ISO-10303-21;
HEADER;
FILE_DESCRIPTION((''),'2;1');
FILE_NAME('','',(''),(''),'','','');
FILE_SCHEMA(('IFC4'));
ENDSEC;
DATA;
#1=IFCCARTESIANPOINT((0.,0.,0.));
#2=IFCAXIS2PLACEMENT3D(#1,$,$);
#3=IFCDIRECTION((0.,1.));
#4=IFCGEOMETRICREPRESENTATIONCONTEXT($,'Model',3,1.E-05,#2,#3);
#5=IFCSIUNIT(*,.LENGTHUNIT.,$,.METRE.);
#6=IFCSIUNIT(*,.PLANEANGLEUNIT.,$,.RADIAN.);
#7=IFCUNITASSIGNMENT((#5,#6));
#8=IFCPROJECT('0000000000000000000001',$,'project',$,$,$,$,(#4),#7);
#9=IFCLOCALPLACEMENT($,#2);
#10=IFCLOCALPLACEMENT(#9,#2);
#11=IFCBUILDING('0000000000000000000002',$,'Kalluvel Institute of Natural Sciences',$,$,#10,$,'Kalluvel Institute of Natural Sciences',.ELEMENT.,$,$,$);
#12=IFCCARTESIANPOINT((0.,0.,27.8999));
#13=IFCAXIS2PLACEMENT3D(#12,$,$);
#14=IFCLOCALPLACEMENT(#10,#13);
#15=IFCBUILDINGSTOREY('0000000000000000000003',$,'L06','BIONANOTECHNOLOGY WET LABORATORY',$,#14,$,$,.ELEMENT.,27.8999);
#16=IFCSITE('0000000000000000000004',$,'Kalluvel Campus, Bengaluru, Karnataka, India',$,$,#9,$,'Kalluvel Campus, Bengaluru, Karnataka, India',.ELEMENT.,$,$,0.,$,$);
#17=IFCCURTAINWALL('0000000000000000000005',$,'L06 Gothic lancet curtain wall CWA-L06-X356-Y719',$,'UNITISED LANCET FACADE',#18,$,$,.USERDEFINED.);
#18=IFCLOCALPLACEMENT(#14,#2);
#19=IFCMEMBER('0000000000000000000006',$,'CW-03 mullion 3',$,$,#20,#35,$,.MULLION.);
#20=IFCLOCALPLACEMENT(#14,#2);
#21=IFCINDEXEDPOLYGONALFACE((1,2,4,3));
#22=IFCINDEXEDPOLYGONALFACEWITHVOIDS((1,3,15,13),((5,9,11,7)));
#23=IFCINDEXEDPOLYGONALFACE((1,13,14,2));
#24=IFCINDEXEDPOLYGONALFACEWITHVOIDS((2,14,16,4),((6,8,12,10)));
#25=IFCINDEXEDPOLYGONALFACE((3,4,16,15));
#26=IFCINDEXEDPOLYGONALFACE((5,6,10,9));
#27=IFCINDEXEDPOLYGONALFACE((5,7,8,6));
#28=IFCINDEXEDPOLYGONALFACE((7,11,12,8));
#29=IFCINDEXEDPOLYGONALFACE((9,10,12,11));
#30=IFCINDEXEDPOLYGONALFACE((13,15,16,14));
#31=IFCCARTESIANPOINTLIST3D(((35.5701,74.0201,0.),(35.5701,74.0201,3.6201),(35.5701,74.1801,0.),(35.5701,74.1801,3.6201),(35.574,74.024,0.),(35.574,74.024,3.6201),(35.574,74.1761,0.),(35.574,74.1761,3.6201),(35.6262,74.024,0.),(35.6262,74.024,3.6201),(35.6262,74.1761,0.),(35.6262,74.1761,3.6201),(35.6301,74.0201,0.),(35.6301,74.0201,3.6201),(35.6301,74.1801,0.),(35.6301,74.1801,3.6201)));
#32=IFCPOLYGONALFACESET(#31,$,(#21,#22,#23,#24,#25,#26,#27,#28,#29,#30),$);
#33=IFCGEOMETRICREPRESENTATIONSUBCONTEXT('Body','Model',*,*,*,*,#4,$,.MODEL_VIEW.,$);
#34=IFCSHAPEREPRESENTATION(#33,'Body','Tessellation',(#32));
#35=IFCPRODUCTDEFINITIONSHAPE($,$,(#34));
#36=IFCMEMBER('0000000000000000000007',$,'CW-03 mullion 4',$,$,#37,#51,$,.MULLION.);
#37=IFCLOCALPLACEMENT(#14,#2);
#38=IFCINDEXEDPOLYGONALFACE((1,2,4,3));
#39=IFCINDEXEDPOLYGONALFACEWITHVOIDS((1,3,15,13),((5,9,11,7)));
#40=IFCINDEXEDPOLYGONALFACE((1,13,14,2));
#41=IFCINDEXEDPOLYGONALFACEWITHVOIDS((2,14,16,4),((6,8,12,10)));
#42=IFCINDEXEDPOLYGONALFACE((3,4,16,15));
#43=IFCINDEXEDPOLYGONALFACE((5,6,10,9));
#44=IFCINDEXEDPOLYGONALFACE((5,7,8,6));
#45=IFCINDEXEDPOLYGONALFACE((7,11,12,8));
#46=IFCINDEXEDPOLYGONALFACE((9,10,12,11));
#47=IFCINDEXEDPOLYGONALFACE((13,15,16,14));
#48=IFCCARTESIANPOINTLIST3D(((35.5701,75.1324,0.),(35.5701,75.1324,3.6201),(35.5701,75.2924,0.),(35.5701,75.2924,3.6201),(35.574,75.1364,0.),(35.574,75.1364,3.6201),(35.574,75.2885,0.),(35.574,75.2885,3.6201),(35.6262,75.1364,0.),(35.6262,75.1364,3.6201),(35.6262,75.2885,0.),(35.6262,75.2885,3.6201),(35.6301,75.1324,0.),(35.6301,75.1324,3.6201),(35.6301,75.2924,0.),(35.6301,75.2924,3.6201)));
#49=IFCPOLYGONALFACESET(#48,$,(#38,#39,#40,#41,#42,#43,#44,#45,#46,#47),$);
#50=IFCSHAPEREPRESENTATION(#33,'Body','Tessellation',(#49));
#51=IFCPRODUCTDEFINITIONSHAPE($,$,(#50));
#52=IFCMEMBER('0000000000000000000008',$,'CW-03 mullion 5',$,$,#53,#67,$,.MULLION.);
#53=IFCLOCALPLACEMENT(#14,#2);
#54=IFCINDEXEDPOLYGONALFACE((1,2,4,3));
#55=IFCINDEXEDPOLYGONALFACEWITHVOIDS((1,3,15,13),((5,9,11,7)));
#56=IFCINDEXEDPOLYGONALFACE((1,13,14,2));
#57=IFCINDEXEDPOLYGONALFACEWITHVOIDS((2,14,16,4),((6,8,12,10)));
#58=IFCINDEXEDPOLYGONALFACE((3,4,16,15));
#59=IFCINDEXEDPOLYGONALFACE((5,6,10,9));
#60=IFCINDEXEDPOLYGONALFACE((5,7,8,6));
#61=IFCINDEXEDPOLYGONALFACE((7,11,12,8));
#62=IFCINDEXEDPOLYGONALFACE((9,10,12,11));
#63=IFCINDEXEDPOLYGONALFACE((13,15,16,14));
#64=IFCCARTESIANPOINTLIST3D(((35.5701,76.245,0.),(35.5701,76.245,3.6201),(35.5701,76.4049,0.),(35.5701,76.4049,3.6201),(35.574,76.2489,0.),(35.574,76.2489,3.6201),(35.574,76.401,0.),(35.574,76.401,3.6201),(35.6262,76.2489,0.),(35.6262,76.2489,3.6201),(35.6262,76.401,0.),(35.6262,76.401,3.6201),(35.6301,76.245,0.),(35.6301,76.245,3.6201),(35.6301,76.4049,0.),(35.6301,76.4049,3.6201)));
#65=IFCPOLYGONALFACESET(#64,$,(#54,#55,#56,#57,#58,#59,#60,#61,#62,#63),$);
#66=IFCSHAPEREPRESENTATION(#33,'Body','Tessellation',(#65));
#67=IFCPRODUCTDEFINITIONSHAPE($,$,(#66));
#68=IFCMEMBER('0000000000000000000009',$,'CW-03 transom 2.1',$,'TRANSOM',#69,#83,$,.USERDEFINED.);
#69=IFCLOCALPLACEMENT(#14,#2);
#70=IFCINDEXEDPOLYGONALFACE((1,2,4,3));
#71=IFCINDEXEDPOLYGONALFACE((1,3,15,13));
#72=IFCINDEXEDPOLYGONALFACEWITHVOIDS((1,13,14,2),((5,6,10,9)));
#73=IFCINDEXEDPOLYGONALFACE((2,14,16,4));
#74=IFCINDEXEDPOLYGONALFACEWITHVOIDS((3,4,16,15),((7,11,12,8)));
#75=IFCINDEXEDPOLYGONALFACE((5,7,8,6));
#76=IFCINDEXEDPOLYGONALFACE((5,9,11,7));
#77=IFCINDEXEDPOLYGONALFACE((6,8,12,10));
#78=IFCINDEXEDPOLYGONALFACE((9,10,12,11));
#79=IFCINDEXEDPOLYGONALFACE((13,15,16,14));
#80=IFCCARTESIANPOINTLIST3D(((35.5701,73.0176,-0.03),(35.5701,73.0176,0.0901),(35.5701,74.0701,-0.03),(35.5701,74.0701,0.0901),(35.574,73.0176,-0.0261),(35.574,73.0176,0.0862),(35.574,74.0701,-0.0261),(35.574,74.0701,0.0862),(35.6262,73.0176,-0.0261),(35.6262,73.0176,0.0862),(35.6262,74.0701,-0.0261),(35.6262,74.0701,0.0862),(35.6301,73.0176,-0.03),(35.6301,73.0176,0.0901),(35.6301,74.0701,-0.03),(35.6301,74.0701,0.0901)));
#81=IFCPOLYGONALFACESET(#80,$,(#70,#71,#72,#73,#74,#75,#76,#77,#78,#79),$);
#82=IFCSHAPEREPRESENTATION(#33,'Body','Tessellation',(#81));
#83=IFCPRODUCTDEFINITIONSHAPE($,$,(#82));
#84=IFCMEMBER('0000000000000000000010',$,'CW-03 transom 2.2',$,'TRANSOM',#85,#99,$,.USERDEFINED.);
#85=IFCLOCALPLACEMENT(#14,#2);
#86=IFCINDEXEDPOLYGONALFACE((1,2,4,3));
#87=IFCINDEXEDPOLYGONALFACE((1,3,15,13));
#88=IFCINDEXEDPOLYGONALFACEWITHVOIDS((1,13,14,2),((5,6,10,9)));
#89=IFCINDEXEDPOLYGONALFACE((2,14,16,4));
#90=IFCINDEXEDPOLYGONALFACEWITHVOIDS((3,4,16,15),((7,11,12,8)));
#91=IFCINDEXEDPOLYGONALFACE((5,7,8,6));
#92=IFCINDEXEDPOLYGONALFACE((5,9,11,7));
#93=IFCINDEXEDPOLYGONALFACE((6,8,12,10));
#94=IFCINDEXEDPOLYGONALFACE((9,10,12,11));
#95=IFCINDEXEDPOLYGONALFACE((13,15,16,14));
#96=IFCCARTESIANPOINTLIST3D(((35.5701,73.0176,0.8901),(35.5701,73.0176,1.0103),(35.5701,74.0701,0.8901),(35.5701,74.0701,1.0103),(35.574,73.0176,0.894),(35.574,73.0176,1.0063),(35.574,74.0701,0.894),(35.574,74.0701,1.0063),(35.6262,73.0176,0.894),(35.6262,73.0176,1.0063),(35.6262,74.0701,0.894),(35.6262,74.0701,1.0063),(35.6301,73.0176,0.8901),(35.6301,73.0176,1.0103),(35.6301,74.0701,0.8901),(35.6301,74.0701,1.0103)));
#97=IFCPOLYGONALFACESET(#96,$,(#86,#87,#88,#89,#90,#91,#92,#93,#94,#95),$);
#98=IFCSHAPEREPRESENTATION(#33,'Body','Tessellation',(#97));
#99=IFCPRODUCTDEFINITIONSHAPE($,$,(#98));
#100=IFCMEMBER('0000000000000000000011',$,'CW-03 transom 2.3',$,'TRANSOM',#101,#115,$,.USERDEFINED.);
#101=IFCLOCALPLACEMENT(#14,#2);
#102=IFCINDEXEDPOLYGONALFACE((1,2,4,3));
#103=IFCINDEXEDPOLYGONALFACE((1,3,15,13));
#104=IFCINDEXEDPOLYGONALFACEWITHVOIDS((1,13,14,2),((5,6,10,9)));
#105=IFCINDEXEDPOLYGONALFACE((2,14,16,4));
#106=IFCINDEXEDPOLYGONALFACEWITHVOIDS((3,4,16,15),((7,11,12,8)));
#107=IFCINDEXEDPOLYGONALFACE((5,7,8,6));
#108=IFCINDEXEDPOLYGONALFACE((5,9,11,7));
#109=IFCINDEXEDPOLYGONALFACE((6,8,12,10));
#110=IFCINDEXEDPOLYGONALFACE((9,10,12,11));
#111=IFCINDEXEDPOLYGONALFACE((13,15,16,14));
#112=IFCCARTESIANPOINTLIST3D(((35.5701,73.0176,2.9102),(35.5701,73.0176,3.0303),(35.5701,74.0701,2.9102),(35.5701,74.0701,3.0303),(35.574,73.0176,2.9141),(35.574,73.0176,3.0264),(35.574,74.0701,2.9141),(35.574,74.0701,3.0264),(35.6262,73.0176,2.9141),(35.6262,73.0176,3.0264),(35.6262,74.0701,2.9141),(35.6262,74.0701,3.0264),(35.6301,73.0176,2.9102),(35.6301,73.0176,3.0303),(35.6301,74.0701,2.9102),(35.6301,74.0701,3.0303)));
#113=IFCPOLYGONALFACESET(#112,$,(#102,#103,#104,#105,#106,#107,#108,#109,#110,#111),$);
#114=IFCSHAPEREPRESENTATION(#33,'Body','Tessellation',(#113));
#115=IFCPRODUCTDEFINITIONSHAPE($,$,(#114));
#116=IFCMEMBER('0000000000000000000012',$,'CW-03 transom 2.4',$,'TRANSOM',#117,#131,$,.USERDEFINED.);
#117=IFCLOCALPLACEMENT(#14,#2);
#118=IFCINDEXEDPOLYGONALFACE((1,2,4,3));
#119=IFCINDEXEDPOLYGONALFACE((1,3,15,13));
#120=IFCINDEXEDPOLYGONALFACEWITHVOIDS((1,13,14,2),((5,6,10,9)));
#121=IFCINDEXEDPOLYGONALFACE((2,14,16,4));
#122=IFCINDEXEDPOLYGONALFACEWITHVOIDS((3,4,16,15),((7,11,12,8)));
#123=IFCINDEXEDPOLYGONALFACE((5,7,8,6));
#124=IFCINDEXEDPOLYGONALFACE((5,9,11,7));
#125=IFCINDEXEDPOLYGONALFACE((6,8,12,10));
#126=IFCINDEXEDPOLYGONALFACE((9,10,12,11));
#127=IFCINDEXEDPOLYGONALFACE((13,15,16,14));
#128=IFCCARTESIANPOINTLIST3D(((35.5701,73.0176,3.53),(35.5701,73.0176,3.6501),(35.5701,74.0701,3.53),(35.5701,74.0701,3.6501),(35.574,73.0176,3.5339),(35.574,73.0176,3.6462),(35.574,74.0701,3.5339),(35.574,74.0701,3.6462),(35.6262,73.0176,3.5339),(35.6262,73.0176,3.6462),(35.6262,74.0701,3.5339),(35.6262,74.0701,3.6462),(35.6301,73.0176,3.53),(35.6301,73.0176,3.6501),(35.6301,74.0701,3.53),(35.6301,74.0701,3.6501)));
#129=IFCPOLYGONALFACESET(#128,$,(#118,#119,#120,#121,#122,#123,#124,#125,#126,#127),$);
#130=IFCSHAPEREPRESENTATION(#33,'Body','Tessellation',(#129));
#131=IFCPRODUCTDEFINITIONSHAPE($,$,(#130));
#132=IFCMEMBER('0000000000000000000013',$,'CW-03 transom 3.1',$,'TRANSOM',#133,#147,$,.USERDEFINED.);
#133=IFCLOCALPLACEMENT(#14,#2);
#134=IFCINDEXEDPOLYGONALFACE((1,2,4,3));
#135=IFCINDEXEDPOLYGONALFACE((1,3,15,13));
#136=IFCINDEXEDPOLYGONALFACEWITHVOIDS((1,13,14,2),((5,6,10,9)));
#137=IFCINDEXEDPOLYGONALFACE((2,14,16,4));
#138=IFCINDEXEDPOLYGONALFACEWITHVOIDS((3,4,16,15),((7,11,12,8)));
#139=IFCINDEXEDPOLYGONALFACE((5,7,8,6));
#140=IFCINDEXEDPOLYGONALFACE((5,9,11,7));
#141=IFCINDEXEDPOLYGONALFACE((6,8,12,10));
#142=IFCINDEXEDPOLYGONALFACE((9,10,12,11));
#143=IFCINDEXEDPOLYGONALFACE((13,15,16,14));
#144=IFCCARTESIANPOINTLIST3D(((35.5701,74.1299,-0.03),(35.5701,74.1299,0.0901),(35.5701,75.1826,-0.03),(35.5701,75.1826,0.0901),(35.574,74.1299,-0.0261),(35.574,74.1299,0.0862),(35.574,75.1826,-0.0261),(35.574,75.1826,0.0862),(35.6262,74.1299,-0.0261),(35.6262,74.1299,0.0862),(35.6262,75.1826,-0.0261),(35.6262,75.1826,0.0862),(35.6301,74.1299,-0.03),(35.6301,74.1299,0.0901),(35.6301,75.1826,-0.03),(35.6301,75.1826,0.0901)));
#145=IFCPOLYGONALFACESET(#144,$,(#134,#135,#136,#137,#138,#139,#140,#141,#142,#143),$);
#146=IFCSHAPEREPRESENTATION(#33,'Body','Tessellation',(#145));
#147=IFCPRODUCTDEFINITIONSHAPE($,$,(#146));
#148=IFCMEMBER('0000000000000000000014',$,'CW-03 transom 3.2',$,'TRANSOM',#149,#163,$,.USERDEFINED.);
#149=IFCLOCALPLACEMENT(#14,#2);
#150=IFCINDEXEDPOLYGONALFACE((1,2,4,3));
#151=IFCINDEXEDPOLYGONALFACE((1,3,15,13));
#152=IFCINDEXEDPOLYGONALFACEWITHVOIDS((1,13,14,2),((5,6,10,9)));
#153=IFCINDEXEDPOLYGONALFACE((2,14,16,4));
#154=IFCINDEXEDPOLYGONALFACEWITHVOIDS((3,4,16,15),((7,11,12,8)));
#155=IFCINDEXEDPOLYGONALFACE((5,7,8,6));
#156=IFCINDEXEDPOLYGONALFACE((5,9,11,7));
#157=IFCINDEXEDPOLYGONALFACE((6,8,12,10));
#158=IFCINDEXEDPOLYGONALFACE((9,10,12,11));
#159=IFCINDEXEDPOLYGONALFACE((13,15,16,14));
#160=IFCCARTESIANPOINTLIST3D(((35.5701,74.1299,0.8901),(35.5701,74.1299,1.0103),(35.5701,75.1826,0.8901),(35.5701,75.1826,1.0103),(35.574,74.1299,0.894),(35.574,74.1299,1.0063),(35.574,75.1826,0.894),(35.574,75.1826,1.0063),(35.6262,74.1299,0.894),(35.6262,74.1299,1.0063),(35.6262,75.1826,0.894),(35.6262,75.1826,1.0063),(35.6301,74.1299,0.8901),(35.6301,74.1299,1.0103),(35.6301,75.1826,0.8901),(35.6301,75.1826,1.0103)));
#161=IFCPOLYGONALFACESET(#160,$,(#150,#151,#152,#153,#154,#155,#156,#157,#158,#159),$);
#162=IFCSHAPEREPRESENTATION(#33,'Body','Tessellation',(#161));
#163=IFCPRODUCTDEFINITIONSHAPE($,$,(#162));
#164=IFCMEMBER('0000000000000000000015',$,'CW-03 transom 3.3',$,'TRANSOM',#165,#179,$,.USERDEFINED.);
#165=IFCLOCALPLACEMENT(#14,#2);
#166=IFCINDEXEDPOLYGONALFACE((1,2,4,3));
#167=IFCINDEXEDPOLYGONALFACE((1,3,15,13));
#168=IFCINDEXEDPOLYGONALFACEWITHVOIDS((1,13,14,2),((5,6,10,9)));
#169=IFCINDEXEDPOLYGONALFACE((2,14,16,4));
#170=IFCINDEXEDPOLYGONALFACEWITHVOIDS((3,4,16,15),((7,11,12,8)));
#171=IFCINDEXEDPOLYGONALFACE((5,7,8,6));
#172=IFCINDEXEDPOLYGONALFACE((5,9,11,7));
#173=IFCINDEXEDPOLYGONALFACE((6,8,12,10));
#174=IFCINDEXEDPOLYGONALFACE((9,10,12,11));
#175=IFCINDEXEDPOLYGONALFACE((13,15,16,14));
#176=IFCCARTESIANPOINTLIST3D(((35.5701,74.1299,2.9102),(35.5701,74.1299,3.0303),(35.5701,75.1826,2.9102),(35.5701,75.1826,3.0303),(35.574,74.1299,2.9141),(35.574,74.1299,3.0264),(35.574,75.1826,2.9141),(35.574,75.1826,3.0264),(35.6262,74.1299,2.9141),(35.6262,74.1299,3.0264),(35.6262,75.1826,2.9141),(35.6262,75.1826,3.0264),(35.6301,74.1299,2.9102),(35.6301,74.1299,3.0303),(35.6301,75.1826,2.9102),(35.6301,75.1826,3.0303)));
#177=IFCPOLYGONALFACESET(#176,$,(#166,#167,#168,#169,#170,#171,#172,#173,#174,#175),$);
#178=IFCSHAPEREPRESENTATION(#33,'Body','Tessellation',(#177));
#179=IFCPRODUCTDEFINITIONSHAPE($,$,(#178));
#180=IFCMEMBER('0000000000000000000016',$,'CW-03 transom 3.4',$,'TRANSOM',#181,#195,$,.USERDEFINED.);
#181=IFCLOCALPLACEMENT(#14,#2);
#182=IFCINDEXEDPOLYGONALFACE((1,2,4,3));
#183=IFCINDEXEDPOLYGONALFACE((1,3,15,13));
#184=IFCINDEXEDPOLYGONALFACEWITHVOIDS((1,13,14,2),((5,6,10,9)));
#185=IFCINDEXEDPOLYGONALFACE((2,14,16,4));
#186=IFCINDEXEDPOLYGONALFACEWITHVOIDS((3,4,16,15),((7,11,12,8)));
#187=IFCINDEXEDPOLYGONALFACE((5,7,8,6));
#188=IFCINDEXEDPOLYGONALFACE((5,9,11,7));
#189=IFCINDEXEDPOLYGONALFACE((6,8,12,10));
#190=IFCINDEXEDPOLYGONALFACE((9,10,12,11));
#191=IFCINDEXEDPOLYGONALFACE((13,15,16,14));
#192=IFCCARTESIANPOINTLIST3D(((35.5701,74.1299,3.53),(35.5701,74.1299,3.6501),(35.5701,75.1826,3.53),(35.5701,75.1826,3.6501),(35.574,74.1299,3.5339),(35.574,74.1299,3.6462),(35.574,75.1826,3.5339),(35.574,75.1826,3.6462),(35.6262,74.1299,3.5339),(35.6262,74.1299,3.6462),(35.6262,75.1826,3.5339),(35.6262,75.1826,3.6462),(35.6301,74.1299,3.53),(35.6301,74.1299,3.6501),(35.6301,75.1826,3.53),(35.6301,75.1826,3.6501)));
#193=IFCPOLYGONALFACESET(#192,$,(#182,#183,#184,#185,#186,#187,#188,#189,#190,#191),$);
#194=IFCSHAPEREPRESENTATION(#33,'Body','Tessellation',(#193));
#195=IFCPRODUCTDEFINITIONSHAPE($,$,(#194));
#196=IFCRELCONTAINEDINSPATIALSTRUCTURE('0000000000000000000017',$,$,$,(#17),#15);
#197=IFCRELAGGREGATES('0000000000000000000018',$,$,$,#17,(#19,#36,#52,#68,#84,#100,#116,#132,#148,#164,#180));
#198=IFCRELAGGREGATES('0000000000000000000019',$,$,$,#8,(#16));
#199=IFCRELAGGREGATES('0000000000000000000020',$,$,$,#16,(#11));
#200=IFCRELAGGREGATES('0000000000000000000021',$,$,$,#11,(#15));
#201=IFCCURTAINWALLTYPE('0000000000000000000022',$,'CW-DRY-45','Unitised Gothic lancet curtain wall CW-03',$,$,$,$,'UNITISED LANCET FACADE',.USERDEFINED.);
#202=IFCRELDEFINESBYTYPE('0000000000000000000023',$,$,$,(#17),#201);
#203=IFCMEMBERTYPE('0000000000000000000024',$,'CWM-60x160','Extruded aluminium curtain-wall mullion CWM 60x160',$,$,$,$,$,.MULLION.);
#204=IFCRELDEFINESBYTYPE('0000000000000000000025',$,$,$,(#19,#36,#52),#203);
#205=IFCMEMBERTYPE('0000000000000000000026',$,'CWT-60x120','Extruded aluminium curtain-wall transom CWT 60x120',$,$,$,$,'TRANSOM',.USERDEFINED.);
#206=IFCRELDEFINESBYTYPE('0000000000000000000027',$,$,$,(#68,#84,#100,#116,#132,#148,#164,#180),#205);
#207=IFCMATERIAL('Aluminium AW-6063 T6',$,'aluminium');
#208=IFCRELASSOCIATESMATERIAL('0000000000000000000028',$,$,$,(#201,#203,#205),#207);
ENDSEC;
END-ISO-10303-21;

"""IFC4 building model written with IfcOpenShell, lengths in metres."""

from ifc_helpers import new_model, si_unit, direction, frame, origin, origin_2d, place, context, subcontext, project, spatial, hollow_rectangle, extrude, material, material_profile, profile_set, type_object, element, aggregate, save


model = new_model("IFC4")

# Units and contexts
model_context = context("Model", 3, precision=1e-05, world=origin(), true_north=direction((0.0, 1.0)))
body_context = subcontext(model_context, "Body", "Model", "MODEL_VIEW")
ifc_project = project(units=[si_unit("LENGTHUNIT", "METRE"), si_unit("PLANEANGLEUNIT", "RADIAN")], contexts=[model_context])

# Site, building, storey
site_placement = place(None, origin())
site = spatial("IfcSite", under=ifc_project, at=site_placement, Name="Kalluvel Campus, Bengaluru, Karnataka, India", LongName="Kalluvel Campus, Bengaluru, Karnataka, India", CompositionType="ELEMENT", RefElevation=0.0)
building_placement = place(site_placement, origin())
building = spatial("IfcBuilding", under=site, at=building_placement, Name="Kalluvel Institute of Natural Sciences", LongName="Kalluvel Institute of Natural Sciences", CompositionType="ELEMENT")
storey_placement = place(building_placement, frame((0.0, 0.0, 27.8999)))
storey = spatial("IfcBuildingStorey", under=building, at=storey_placement, Name="L06", Description="BIONANOTECHNOLOGY WET LABORATORY", CompositionType="ELEMENT", Elevation=27.8999)

# Curtain wall, members
ifc_material_1 = material(Name="Aluminium AW-6063 T6", Category="aluminium")
curtain_wall_type = type_object("IfcCurtainWallType", Name="CW-DRY-45", Description="Unitised Gothic lancet curtain wall CW-03", ElementType="UNITISED LANCET FACADE", PredefinedType="USERDEFINED", material=ifc_material_1)
curtain_wall_placement = place(storey_placement, origin())
curtain_wall = element("IfcCurtainWall", 1, at=curtain_wall_placement, inside=storey, type_object=curtain_wall_type, Name="L06 Gothic lancet curtain wall CWA-L06-X356-Y719", ObjectType="UNITISED LANCET FACADE", PredefinedType="USERDEFINED")
ifc_material_profile_1 = material_profile(ifc_material_1, hollow_rectangle(XDim=0.0601, YDim=0.1599, WallThickness=0.0039, at=origin_2d()), Name="CWM 60x160")
ifc_profile_set_1 = profile_set([ifc_material_profile_1], Name="Aluminium AW-6063 T6")
member_type_1 = type_object("IfcMemberType", Name="CWM-60x160", Description="Extruded aluminium curtain-wall mullion CWM 60x160", PredefinedType="MULLION", material=ifc_profile_set_1)
member_1_placement = place(storey_placement, frame((35.6001, 74.1001, 0.0), z_axis=(0.0, 0.0, 1.0), x_axis=(-1.0, 0.0, 0.0)))
member_1 = element("IfcMember", 2, at=member_1_placement, type_object=member_type_1, Name="CW-03 mullion 3", PredefinedType="MULLION", context=body_context, shape_type="SweptSolid", body=[
    extrude(hollow_rectangle(XDim=0.0601, YDim=0.1599, WallThickness=0.0039, at=origin_2d()), origin(), (0.0, 0.0, 1.0), 3.6201),
])
member_2_placement = place(storey_placement, frame((35.6001, 75.2124, 0.0), z_axis=(0.0, 0.0, 1.0), x_axis=(-1.0, 0.0, 0.0)))
member_2 = element("IfcMember", 3, at=member_2_placement, type_object=member_type_1, Name="CW-03 mullion 4", PredefinedType="MULLION", context=body_context, shape_type="SweptSolid", body=[
    extrude(hollow_rectangle(XDim=0.0601, YDim=0.1599, WallThickness=0.0039, at=origin_2d()), origin(), (0.0, 0.0, 1.0), 3.6201),
])
member_3_placement = place(storey_placement, frame((35.6001, 76.325, 0.0), z_axis=(0.0, 0.0, 1.0), x_axis=(-1.0, 0.0, 0.0)))
member_3 = element("IfcMember", 4, at=member_3_placement, type_object=member_type_1, Name="CW-03 mullion 5", PredefinedType="MULLION", context=body_context, shape_type="SweptSolid", body=[
    extrude(hollow_rectangle(XDim=0.0601, YDim=0.1599, WallThickness=0.0039, at=origin_2d()), origin(), (0.0, 0.0, 1.0), 3.6201),
])
ifc_material_profile_2 = material_profile(ifc_material_1, hollow_rectangle(XDim=0.0601, YDim=0.1201, WallThickness=0.0039, at=origin_2d()), Name="CWT 60x120")
ifc_profile_set_2 = profile_set([ifc_material_profile_2], Name="Aluminium AW-6063 T6")
member_type_2 = type_object("IfcMemberType", Name="CWT-60x120", Description="Extruded aluminium curtain-wall transom CWT 60x120", ElementType="TRANSOM", PredefinedType="USERDEFINED", material=ifc_profile_set_2)
member_4_placement = place(storey_placement, frame((35.6001, 73.0176, 0.03), z_axis=(0.0, 1.0, 0.0), x_axis=(-1.0, 0.0, 0.0)))
member_4 = element("IfcMember", 5, at=member_4_placement, type_object=member_type_2, Name="CW-03 transom 2.1", ObjectType="TRANSOM", PredefinedType="USERDEFINED", context=body_context, shape_type="SweptSolid", body=[
    extrude(hollow_rectangle(XDim=0.0601, YDim=0.1201, WallThickness=0.0039, at=origin_2d()), origin(), (0.0, 0.0, 1.0), 1.0525),
])
member_5_placement = place(storey_placement, frame((35.6001, 73.0176, 0.9502), z_axis=(0.0, 1.0, 0.0), x_axis=(-1.0, 0.0, 0.0)))
member_5 = element("IfcMember", 6, at=member_5_placement, type_object=member_type_2, Name="CW-03 transom 2.2", ObjectType="TRANSOM", PredefinedType="USERDEFINED", context=body_context, shape_type="SweptSolid", body=[
    extrude(hollow_rectangle(XDim=0.0601, YDim=0.1201, WallThickness=0.0039, at=origin_2d()), origin(), (0.0, 0.0, 1.0), 1.0525),
])
member_6_placement = place(storey_placement, frame((35.6001, 73.0176, 2.9702), z_axis=(0.0, 1.0, 0.0), x_axis=(-1.0, 0.0, 0.0)))
member_6 = element("IfcMember", 7, at=member_6_placement, type_object=member_type_2, Name="CW-03 transom 2.3", ObjectType="TRANSOM", PredefinedType="USERDEFINED", context=body_context, shape_type="SweptSolid", body=[
    extrude(hollow_rectangle(XDim=0.0601, YDim=0.1201, WallThickness=0.0039, at=origin_2d()), origin(), (0.0, 0.0, 1.0), 1.0525),
])
member_7_placement = place(storey_placement, frame((35.6001, 73.0176, 3.5901), z_axis=(0.0, 1.0, 0.0), x_axis=(-1.0, 0.0, 0.0)))
member_7 = element("IfcMember", 8, at=member_7_placement, type_object=member_type_2, Name="CW-03 transom 2.4", ObjectType="TRANSOM", PredefinedType="USERDEFINED", context=body_context, shape_type="SweptSolid", body=[
    extrude(hollow_rectangle(XDim=0.0601, YDim=0.1201, WallThickness=0.0039, at=origin_2d()), origin(), (0.0, 0.0, 1.0), 1.0525),
])
member_8_placement = place(storey_placement, frame((35.6001, 74.1299, 0.03), z_axis=(0.0, 1.0, 0.0), x_axis=(-1.0, 0.0, 0.0)))
member_8 = element("IfcMember", 9, at=member_8_placement, type_object=member_type_2, Name="CW-03 transom 3.1", ObjectType="TRANSOM", PredefinedType="USERDEFINED", context=body_context, shape_type="SweptSolid", body=[
    extrude(hollow_rectangle(XDim=0.0601, YDim=0.1201, WallThickness=0.0039, at=origin_2d()), origin(), (0.0, 0.0, 1.0), 1.0527),
])
member_9_placement = place(storey_placement, frame((35.6001, 74.1299, 0.9502), z_axis=(0.0, 1.0, 0.0), x_axis=(-1.0, 0.0, 0.0)))
member_9 = element("IfcMember", 10, at=member_9_placement, type_object=member_type_2, Name="CW-03 transom 3.2", ObjectType="TRANSOM", PredefinedType="USERDEFINED", context=body_context, shape_type="SweptSolid", body=[
    extrude(hollow_rectangle(XDim=0.0601, YDim=0.1201, WallThickness=0.0039, at=origin_2d()), origin(), (0.0, 0.0, 1.0), 1.0527),
])
member_10_placement = place(storey_placement, frame((35.6001, 74.1299, 2.9702), z_axis=(0.0, 1.0, 0.0), x_axis=(-1.0, 0.0, 0.0)))
member_10 = element("IfcMember", 11, at=member_10_placement, type_object=member_type_2, Name="CW-03 transom 3.3", ObjectType="TRANSOM", PredefinedType="USERDEFINED", context=body_context, shape_type="SweptSolid", body=[
    extrude(hollow_rectangle(XDim=0.0601, YDim=0.1201, WallThickness=0.0039, at=origin_2d()), origin(), (0.0, 0.0, 1.0), 1.0527),
])
member_11_placement = place(storey_placement, frame((35.6001, 74.1299, 3.5901), z_axis=(0.0, 1.0, 0.0), x_axis=(-1.0, 0.0, 0.0)))
member_11 = element("IfcMember", 12, at=member_11_placement, type_object=member_type_2, Name="CW-03 transom 3.4", ObjectType="TRANSOM", PredefinedType="USERDEFINED", context=body_context, shape_type="SweptSolid", body=[
    extrude(hollow_rectangle(XDim=0.0601, YDim=0.1201, WallThickness=0.0039, at=origin_2d()), origin(), (0.0, 0.0, 1.0), 1.0527),
])
aggregate(curtain_wall, [member_1, member_2, member_3, member_4, member_5, member_6, member_7, member_8, member_9, member_10, member_11])

save(model, "model.ifc")
